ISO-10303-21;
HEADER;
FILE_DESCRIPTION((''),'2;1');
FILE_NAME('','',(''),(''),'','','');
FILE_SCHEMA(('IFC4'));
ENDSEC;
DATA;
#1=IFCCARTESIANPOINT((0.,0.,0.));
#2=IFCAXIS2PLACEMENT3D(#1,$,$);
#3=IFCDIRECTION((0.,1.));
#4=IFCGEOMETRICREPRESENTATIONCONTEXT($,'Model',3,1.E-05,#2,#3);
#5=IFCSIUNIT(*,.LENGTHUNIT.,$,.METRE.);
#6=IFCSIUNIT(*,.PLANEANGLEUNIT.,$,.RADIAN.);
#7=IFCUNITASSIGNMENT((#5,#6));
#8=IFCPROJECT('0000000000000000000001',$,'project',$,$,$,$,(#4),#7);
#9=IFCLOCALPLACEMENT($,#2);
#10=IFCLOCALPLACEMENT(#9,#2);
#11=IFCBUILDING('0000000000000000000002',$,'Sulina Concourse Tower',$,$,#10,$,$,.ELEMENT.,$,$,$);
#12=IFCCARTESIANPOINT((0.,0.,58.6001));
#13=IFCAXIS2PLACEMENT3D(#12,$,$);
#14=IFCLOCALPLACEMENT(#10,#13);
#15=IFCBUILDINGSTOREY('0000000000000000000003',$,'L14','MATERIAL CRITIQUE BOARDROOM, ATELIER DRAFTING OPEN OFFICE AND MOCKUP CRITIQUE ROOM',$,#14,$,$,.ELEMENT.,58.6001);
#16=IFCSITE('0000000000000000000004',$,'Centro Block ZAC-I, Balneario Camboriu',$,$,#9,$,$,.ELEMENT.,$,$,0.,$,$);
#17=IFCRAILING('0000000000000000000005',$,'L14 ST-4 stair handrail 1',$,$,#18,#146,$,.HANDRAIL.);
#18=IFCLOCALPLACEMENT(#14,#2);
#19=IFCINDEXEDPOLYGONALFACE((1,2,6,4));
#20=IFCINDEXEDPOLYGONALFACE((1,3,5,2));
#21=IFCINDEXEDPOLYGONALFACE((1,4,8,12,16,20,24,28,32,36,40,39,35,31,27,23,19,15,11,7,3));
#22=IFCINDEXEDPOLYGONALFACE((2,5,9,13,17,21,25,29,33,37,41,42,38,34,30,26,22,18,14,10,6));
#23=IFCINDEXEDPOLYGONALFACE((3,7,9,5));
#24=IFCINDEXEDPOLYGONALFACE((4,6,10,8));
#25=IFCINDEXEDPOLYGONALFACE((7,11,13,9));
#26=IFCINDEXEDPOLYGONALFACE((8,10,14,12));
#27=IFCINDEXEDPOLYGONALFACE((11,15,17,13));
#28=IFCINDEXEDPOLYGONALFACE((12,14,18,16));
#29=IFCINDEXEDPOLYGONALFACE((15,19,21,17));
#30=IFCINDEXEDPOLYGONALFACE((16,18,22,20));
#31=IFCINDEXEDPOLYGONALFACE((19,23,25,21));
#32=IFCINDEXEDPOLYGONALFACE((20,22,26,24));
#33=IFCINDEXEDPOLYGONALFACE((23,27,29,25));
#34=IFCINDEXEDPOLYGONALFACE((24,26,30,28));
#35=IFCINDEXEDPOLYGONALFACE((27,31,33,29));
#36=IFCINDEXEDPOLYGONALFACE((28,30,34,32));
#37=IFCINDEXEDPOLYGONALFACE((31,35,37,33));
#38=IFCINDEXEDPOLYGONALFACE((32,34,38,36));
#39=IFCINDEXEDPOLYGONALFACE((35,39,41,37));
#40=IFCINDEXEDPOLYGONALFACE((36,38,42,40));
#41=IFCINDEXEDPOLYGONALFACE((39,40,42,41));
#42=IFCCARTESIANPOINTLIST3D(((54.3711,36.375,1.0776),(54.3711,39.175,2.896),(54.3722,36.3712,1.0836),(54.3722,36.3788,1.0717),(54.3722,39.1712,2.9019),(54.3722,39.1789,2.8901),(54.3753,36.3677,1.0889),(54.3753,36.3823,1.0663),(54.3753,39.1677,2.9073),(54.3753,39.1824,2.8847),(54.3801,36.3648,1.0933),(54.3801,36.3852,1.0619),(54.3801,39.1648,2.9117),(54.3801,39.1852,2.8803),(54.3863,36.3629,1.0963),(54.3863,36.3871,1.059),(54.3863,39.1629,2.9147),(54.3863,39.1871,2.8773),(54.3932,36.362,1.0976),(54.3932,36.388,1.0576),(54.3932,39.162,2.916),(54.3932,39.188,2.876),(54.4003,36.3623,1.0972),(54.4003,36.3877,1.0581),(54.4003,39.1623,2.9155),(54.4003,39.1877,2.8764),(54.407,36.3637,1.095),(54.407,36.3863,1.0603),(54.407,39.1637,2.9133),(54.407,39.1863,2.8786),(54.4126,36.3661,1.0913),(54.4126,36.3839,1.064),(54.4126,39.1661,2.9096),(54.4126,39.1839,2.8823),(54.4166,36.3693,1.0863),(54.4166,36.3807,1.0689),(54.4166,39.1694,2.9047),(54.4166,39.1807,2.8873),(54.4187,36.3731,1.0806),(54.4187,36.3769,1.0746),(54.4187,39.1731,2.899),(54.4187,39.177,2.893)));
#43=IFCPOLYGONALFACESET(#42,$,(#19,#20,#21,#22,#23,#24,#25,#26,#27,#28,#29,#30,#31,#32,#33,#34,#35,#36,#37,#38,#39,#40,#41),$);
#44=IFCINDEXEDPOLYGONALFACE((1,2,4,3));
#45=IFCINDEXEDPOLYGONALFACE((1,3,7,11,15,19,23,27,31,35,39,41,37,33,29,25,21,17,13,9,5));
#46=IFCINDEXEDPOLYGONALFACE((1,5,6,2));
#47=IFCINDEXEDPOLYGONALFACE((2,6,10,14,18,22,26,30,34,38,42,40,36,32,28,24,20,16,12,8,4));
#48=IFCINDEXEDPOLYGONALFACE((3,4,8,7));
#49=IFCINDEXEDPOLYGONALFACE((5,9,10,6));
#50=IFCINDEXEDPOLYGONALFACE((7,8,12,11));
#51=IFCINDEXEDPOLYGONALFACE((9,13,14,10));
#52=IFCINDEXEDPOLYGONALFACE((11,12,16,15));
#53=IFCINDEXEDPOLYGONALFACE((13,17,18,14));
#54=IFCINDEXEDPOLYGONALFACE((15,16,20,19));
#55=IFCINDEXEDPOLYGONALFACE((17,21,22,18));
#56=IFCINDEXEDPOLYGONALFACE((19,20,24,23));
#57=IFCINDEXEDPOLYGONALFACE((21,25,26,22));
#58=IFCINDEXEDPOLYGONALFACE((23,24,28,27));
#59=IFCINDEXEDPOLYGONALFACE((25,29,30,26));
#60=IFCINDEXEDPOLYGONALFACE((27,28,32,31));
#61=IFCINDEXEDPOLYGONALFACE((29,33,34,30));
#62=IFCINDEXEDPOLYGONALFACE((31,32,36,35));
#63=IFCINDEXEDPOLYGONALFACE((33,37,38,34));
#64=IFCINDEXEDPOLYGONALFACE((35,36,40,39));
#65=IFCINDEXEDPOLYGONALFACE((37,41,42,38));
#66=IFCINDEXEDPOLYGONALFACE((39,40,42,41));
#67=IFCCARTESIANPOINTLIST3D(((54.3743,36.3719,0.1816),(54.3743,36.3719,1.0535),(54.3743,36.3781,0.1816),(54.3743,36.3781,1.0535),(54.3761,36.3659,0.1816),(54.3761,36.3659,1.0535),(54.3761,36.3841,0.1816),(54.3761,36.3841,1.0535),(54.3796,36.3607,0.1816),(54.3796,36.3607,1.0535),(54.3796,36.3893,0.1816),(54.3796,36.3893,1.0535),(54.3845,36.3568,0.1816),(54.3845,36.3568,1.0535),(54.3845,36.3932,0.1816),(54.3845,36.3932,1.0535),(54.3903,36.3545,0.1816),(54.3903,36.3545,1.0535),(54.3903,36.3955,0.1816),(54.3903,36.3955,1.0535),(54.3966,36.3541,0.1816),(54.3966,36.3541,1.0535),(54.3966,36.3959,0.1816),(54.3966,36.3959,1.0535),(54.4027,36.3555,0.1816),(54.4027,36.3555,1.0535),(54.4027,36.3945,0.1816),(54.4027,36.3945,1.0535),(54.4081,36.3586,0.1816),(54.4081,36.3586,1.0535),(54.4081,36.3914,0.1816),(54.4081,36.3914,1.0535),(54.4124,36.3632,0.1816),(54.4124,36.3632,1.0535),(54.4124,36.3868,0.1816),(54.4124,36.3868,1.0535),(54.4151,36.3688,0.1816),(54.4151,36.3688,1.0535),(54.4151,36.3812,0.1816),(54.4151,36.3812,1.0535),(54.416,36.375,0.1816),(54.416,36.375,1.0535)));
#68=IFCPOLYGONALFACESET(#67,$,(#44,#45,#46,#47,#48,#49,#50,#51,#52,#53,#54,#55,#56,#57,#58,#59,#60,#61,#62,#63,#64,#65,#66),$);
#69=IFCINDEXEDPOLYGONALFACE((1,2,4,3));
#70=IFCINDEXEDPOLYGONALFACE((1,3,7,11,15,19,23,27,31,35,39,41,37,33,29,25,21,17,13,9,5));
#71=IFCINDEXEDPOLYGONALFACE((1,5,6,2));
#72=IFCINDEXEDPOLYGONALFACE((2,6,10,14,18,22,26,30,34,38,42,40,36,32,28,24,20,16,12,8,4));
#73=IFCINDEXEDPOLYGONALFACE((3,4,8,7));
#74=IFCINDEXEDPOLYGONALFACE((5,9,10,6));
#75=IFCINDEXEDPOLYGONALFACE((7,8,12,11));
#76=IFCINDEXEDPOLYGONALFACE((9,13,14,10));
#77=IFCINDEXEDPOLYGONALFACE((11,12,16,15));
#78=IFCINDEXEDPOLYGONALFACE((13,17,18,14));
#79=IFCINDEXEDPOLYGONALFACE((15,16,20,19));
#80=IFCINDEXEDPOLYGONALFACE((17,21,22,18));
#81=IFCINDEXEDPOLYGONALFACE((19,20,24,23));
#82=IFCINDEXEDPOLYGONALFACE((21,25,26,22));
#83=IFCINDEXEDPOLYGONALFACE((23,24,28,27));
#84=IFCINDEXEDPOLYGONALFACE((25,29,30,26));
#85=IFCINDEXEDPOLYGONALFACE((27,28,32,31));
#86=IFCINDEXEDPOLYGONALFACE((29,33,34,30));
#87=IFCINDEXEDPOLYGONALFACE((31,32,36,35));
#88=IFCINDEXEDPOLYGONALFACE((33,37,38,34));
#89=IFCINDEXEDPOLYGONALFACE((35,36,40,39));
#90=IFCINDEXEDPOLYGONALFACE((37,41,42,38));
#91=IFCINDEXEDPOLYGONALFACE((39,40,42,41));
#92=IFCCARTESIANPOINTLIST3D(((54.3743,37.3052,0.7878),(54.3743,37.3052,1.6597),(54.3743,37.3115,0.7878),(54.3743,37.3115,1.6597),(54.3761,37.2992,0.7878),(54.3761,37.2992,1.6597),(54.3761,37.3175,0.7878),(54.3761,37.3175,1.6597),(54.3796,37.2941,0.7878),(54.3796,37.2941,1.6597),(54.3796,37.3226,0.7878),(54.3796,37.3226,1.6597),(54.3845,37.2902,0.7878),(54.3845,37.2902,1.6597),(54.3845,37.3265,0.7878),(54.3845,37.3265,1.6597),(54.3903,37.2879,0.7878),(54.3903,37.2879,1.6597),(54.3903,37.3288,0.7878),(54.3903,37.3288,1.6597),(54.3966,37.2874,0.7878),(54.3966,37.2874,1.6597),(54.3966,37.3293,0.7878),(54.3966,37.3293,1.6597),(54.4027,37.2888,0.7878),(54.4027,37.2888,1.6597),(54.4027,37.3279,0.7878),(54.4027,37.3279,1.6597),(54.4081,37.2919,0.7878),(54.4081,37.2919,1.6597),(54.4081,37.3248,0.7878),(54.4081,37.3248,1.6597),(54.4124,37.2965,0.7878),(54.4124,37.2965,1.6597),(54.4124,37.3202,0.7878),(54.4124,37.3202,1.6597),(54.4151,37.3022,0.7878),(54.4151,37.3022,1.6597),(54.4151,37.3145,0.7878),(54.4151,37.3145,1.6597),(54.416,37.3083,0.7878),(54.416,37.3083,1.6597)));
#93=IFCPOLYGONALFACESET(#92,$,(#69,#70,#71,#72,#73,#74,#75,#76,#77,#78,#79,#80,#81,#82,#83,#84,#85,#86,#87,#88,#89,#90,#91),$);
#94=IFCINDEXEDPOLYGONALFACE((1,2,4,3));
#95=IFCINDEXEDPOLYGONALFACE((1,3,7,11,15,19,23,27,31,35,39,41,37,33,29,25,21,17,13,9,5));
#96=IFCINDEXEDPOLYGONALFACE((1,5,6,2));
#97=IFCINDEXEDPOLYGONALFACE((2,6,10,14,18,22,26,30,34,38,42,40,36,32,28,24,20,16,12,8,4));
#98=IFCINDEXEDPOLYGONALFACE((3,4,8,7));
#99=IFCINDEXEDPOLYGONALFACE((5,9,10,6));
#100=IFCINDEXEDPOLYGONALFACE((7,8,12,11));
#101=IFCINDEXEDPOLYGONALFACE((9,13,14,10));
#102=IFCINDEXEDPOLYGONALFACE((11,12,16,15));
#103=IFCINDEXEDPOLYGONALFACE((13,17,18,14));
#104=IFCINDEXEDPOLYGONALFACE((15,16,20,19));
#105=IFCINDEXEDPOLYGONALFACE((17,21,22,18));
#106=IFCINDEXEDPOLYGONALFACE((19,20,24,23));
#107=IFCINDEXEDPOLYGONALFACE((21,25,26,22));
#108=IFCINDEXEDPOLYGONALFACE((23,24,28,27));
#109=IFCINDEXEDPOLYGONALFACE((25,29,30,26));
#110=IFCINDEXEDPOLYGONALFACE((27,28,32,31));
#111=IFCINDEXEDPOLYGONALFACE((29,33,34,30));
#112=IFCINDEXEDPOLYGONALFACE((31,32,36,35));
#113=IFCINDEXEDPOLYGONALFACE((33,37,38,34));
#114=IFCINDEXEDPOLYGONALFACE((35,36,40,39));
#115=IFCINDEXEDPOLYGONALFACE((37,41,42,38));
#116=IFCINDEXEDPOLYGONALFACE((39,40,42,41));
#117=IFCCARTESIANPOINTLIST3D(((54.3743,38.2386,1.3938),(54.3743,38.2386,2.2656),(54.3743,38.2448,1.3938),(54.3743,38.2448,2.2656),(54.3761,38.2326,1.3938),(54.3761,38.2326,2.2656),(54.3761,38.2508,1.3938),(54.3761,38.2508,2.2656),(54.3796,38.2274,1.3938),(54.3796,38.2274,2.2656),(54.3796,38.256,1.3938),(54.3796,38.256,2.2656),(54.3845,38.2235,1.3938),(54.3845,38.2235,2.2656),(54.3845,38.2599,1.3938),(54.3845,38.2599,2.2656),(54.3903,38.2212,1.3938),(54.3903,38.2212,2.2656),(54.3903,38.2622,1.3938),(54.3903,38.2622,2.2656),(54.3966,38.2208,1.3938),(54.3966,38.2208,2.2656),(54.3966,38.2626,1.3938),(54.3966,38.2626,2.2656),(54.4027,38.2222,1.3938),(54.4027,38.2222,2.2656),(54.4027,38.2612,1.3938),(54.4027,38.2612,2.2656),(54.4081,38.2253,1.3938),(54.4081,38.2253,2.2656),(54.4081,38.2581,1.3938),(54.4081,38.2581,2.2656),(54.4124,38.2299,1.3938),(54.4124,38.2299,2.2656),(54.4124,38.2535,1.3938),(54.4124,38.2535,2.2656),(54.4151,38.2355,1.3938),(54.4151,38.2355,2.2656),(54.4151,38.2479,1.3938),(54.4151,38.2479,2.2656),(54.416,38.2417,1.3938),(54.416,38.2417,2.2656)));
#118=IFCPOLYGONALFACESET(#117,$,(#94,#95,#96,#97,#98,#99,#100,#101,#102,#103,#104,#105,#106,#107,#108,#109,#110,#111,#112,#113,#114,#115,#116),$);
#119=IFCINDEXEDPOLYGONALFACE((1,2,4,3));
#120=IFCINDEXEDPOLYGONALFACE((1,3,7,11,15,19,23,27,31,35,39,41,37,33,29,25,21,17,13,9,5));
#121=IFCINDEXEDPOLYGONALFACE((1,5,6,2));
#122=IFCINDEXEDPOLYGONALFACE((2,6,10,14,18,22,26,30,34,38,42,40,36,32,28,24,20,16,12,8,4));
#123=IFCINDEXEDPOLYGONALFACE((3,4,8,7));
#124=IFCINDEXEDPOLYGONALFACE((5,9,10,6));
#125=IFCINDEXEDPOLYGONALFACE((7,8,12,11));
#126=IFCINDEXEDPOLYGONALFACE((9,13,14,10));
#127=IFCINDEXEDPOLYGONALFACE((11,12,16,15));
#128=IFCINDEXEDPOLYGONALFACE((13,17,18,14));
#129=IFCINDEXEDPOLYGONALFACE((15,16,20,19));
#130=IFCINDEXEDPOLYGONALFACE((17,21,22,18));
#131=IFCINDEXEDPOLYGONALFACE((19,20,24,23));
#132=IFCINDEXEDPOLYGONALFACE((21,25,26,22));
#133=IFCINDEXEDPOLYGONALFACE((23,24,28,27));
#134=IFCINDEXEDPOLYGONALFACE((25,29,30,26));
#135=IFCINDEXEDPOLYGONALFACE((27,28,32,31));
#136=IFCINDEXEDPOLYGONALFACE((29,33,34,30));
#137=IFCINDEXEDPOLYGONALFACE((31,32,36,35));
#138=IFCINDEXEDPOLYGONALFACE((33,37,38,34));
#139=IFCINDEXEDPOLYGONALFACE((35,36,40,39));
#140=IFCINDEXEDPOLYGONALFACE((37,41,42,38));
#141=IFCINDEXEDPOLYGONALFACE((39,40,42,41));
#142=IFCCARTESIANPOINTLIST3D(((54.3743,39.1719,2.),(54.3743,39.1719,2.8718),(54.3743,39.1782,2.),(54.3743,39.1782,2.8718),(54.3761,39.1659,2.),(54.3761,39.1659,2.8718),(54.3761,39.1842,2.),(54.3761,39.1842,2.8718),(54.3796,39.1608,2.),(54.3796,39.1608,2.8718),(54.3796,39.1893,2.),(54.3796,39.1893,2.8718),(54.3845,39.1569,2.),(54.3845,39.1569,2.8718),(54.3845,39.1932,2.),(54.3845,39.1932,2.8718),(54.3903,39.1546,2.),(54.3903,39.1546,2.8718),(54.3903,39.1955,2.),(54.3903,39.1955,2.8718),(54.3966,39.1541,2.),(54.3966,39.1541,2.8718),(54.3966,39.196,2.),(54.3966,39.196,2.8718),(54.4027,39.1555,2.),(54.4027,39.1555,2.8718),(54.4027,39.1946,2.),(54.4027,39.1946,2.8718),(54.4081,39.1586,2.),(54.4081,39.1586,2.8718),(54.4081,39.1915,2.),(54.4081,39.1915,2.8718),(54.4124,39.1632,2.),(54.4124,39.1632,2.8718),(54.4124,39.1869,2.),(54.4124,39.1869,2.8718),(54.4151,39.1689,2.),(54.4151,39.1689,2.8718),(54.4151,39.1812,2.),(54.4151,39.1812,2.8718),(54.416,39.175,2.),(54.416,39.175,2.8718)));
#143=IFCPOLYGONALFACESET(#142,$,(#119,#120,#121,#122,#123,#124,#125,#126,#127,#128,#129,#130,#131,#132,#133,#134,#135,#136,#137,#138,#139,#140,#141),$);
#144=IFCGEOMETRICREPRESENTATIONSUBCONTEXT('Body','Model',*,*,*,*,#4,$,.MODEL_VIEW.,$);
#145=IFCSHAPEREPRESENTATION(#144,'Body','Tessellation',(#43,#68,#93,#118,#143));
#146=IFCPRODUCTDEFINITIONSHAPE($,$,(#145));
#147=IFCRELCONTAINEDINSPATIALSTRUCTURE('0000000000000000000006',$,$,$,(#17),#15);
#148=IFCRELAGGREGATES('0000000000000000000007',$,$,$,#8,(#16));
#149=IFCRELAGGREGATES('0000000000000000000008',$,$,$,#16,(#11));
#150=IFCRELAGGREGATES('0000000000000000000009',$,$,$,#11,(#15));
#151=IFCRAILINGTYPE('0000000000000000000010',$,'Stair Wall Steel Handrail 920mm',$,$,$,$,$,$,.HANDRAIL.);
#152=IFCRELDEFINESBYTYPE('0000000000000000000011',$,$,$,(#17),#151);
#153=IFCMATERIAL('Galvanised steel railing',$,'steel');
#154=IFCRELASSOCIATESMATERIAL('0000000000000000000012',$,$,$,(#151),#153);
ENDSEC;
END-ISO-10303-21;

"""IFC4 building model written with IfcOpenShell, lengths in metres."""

from ifc_helpers import new_model, si_unit, direction, frame, origin, origin_2d, place, context, subcontext, project, spatial, circle, extrude, material, type_object, element, save


model = new_model("IFC4")

# Units and contexts
model_context = context("Model", 3, precision=1e-05, world=origin(), true_north=direction((0.0, 1.0)))
body_context = subcontext(model_context, "Body", "Model", "MODEL_VIEW")
ifc_project = project(units=[si_unit("LENGTHUNIT", "METRE"), si_unit("PLANEANGLEUNIT", "RADIAN")], contexts=[model_context])

# Site, building, storey
site_placement = place(None, origin())
site = spatial("IfcSite", under=ifc_project, at=site_placement, Name="Centro Block ZAC-I, Balneario Camboriu", CompositionType="ELEMENT", RefElevation=0.0)
building_placement = place(site_placement, origin())
building = spatial("IfcBuilding", under=site, at=building_placement, Name="Sulina Concourse Tower", CompositionType="ELEMENT")
storey_placement = place(building_placement, frame((0.0, 0.0, 58.6001)))
storey = spatial("IfcBuildingStorey", under=building, at=storey_placement, Name="L14", Description="MATERIAL CRITIQUE BOARDROOM, ATELIER DRAFTING OPEN OFFICE AND MOCKUP CRITIQUE ROOM", CompositionType="ELEMENT", Elevation=58.6001)

# Railing
ifc_material_1 = material(Name="Galvanised steel railing", Category="steel")
railing_type_1 = type_object("IfcRailingType", Name="Stair Wall Steel Handrail 920mm", PredefinedType="HANDRAIL", material=ifc_material_1)
railing_1_placement = place(storey_placement, frame((54.395, 36.375, 0.1816)))
element("IfcRailing", 1, at=railing_1_placement, inside=storey, type_object=railing_type_1, Name="L14 ST-4 stair handrail 1", PredefinedType="HANDRAIL", context=body_context, shape_type="SweptSolid", body=[
    extrude(circle(Radius=0.0239, at=origin_2d()), frame((0.0, 0.0, 0.896), z_axis=(0.0, 0.838672, 0.544636), x_axis=(-1.0, 0.0, 0.0)), (0.0, 0.0, 1.0), 3.3386),
    extrude(circle(Radius=0.021, at=origin_2d()), origin(), (0.0, 0.0, 1.0), 0.8718),
    extrude(circle(Radius=0.021, at=origin_2d()), frame((0.0, 0.9333, 0.6062)), (0.0, 0.0, 1.0), 0.8718),
    extrude(circle(Radius=0.021, at=origin_2d()), frame((0.0, 1.8667, 1.2122)), (0.0, 0.0, 1.0), 0.8718),
    extrude(circle(Radius=0.021, at=origin_2d()), frame((0.0, 2.8, 1.8184)), (0.0, 0.0, 1.0), 0.8718),
])

save(model, "model.ifc")
